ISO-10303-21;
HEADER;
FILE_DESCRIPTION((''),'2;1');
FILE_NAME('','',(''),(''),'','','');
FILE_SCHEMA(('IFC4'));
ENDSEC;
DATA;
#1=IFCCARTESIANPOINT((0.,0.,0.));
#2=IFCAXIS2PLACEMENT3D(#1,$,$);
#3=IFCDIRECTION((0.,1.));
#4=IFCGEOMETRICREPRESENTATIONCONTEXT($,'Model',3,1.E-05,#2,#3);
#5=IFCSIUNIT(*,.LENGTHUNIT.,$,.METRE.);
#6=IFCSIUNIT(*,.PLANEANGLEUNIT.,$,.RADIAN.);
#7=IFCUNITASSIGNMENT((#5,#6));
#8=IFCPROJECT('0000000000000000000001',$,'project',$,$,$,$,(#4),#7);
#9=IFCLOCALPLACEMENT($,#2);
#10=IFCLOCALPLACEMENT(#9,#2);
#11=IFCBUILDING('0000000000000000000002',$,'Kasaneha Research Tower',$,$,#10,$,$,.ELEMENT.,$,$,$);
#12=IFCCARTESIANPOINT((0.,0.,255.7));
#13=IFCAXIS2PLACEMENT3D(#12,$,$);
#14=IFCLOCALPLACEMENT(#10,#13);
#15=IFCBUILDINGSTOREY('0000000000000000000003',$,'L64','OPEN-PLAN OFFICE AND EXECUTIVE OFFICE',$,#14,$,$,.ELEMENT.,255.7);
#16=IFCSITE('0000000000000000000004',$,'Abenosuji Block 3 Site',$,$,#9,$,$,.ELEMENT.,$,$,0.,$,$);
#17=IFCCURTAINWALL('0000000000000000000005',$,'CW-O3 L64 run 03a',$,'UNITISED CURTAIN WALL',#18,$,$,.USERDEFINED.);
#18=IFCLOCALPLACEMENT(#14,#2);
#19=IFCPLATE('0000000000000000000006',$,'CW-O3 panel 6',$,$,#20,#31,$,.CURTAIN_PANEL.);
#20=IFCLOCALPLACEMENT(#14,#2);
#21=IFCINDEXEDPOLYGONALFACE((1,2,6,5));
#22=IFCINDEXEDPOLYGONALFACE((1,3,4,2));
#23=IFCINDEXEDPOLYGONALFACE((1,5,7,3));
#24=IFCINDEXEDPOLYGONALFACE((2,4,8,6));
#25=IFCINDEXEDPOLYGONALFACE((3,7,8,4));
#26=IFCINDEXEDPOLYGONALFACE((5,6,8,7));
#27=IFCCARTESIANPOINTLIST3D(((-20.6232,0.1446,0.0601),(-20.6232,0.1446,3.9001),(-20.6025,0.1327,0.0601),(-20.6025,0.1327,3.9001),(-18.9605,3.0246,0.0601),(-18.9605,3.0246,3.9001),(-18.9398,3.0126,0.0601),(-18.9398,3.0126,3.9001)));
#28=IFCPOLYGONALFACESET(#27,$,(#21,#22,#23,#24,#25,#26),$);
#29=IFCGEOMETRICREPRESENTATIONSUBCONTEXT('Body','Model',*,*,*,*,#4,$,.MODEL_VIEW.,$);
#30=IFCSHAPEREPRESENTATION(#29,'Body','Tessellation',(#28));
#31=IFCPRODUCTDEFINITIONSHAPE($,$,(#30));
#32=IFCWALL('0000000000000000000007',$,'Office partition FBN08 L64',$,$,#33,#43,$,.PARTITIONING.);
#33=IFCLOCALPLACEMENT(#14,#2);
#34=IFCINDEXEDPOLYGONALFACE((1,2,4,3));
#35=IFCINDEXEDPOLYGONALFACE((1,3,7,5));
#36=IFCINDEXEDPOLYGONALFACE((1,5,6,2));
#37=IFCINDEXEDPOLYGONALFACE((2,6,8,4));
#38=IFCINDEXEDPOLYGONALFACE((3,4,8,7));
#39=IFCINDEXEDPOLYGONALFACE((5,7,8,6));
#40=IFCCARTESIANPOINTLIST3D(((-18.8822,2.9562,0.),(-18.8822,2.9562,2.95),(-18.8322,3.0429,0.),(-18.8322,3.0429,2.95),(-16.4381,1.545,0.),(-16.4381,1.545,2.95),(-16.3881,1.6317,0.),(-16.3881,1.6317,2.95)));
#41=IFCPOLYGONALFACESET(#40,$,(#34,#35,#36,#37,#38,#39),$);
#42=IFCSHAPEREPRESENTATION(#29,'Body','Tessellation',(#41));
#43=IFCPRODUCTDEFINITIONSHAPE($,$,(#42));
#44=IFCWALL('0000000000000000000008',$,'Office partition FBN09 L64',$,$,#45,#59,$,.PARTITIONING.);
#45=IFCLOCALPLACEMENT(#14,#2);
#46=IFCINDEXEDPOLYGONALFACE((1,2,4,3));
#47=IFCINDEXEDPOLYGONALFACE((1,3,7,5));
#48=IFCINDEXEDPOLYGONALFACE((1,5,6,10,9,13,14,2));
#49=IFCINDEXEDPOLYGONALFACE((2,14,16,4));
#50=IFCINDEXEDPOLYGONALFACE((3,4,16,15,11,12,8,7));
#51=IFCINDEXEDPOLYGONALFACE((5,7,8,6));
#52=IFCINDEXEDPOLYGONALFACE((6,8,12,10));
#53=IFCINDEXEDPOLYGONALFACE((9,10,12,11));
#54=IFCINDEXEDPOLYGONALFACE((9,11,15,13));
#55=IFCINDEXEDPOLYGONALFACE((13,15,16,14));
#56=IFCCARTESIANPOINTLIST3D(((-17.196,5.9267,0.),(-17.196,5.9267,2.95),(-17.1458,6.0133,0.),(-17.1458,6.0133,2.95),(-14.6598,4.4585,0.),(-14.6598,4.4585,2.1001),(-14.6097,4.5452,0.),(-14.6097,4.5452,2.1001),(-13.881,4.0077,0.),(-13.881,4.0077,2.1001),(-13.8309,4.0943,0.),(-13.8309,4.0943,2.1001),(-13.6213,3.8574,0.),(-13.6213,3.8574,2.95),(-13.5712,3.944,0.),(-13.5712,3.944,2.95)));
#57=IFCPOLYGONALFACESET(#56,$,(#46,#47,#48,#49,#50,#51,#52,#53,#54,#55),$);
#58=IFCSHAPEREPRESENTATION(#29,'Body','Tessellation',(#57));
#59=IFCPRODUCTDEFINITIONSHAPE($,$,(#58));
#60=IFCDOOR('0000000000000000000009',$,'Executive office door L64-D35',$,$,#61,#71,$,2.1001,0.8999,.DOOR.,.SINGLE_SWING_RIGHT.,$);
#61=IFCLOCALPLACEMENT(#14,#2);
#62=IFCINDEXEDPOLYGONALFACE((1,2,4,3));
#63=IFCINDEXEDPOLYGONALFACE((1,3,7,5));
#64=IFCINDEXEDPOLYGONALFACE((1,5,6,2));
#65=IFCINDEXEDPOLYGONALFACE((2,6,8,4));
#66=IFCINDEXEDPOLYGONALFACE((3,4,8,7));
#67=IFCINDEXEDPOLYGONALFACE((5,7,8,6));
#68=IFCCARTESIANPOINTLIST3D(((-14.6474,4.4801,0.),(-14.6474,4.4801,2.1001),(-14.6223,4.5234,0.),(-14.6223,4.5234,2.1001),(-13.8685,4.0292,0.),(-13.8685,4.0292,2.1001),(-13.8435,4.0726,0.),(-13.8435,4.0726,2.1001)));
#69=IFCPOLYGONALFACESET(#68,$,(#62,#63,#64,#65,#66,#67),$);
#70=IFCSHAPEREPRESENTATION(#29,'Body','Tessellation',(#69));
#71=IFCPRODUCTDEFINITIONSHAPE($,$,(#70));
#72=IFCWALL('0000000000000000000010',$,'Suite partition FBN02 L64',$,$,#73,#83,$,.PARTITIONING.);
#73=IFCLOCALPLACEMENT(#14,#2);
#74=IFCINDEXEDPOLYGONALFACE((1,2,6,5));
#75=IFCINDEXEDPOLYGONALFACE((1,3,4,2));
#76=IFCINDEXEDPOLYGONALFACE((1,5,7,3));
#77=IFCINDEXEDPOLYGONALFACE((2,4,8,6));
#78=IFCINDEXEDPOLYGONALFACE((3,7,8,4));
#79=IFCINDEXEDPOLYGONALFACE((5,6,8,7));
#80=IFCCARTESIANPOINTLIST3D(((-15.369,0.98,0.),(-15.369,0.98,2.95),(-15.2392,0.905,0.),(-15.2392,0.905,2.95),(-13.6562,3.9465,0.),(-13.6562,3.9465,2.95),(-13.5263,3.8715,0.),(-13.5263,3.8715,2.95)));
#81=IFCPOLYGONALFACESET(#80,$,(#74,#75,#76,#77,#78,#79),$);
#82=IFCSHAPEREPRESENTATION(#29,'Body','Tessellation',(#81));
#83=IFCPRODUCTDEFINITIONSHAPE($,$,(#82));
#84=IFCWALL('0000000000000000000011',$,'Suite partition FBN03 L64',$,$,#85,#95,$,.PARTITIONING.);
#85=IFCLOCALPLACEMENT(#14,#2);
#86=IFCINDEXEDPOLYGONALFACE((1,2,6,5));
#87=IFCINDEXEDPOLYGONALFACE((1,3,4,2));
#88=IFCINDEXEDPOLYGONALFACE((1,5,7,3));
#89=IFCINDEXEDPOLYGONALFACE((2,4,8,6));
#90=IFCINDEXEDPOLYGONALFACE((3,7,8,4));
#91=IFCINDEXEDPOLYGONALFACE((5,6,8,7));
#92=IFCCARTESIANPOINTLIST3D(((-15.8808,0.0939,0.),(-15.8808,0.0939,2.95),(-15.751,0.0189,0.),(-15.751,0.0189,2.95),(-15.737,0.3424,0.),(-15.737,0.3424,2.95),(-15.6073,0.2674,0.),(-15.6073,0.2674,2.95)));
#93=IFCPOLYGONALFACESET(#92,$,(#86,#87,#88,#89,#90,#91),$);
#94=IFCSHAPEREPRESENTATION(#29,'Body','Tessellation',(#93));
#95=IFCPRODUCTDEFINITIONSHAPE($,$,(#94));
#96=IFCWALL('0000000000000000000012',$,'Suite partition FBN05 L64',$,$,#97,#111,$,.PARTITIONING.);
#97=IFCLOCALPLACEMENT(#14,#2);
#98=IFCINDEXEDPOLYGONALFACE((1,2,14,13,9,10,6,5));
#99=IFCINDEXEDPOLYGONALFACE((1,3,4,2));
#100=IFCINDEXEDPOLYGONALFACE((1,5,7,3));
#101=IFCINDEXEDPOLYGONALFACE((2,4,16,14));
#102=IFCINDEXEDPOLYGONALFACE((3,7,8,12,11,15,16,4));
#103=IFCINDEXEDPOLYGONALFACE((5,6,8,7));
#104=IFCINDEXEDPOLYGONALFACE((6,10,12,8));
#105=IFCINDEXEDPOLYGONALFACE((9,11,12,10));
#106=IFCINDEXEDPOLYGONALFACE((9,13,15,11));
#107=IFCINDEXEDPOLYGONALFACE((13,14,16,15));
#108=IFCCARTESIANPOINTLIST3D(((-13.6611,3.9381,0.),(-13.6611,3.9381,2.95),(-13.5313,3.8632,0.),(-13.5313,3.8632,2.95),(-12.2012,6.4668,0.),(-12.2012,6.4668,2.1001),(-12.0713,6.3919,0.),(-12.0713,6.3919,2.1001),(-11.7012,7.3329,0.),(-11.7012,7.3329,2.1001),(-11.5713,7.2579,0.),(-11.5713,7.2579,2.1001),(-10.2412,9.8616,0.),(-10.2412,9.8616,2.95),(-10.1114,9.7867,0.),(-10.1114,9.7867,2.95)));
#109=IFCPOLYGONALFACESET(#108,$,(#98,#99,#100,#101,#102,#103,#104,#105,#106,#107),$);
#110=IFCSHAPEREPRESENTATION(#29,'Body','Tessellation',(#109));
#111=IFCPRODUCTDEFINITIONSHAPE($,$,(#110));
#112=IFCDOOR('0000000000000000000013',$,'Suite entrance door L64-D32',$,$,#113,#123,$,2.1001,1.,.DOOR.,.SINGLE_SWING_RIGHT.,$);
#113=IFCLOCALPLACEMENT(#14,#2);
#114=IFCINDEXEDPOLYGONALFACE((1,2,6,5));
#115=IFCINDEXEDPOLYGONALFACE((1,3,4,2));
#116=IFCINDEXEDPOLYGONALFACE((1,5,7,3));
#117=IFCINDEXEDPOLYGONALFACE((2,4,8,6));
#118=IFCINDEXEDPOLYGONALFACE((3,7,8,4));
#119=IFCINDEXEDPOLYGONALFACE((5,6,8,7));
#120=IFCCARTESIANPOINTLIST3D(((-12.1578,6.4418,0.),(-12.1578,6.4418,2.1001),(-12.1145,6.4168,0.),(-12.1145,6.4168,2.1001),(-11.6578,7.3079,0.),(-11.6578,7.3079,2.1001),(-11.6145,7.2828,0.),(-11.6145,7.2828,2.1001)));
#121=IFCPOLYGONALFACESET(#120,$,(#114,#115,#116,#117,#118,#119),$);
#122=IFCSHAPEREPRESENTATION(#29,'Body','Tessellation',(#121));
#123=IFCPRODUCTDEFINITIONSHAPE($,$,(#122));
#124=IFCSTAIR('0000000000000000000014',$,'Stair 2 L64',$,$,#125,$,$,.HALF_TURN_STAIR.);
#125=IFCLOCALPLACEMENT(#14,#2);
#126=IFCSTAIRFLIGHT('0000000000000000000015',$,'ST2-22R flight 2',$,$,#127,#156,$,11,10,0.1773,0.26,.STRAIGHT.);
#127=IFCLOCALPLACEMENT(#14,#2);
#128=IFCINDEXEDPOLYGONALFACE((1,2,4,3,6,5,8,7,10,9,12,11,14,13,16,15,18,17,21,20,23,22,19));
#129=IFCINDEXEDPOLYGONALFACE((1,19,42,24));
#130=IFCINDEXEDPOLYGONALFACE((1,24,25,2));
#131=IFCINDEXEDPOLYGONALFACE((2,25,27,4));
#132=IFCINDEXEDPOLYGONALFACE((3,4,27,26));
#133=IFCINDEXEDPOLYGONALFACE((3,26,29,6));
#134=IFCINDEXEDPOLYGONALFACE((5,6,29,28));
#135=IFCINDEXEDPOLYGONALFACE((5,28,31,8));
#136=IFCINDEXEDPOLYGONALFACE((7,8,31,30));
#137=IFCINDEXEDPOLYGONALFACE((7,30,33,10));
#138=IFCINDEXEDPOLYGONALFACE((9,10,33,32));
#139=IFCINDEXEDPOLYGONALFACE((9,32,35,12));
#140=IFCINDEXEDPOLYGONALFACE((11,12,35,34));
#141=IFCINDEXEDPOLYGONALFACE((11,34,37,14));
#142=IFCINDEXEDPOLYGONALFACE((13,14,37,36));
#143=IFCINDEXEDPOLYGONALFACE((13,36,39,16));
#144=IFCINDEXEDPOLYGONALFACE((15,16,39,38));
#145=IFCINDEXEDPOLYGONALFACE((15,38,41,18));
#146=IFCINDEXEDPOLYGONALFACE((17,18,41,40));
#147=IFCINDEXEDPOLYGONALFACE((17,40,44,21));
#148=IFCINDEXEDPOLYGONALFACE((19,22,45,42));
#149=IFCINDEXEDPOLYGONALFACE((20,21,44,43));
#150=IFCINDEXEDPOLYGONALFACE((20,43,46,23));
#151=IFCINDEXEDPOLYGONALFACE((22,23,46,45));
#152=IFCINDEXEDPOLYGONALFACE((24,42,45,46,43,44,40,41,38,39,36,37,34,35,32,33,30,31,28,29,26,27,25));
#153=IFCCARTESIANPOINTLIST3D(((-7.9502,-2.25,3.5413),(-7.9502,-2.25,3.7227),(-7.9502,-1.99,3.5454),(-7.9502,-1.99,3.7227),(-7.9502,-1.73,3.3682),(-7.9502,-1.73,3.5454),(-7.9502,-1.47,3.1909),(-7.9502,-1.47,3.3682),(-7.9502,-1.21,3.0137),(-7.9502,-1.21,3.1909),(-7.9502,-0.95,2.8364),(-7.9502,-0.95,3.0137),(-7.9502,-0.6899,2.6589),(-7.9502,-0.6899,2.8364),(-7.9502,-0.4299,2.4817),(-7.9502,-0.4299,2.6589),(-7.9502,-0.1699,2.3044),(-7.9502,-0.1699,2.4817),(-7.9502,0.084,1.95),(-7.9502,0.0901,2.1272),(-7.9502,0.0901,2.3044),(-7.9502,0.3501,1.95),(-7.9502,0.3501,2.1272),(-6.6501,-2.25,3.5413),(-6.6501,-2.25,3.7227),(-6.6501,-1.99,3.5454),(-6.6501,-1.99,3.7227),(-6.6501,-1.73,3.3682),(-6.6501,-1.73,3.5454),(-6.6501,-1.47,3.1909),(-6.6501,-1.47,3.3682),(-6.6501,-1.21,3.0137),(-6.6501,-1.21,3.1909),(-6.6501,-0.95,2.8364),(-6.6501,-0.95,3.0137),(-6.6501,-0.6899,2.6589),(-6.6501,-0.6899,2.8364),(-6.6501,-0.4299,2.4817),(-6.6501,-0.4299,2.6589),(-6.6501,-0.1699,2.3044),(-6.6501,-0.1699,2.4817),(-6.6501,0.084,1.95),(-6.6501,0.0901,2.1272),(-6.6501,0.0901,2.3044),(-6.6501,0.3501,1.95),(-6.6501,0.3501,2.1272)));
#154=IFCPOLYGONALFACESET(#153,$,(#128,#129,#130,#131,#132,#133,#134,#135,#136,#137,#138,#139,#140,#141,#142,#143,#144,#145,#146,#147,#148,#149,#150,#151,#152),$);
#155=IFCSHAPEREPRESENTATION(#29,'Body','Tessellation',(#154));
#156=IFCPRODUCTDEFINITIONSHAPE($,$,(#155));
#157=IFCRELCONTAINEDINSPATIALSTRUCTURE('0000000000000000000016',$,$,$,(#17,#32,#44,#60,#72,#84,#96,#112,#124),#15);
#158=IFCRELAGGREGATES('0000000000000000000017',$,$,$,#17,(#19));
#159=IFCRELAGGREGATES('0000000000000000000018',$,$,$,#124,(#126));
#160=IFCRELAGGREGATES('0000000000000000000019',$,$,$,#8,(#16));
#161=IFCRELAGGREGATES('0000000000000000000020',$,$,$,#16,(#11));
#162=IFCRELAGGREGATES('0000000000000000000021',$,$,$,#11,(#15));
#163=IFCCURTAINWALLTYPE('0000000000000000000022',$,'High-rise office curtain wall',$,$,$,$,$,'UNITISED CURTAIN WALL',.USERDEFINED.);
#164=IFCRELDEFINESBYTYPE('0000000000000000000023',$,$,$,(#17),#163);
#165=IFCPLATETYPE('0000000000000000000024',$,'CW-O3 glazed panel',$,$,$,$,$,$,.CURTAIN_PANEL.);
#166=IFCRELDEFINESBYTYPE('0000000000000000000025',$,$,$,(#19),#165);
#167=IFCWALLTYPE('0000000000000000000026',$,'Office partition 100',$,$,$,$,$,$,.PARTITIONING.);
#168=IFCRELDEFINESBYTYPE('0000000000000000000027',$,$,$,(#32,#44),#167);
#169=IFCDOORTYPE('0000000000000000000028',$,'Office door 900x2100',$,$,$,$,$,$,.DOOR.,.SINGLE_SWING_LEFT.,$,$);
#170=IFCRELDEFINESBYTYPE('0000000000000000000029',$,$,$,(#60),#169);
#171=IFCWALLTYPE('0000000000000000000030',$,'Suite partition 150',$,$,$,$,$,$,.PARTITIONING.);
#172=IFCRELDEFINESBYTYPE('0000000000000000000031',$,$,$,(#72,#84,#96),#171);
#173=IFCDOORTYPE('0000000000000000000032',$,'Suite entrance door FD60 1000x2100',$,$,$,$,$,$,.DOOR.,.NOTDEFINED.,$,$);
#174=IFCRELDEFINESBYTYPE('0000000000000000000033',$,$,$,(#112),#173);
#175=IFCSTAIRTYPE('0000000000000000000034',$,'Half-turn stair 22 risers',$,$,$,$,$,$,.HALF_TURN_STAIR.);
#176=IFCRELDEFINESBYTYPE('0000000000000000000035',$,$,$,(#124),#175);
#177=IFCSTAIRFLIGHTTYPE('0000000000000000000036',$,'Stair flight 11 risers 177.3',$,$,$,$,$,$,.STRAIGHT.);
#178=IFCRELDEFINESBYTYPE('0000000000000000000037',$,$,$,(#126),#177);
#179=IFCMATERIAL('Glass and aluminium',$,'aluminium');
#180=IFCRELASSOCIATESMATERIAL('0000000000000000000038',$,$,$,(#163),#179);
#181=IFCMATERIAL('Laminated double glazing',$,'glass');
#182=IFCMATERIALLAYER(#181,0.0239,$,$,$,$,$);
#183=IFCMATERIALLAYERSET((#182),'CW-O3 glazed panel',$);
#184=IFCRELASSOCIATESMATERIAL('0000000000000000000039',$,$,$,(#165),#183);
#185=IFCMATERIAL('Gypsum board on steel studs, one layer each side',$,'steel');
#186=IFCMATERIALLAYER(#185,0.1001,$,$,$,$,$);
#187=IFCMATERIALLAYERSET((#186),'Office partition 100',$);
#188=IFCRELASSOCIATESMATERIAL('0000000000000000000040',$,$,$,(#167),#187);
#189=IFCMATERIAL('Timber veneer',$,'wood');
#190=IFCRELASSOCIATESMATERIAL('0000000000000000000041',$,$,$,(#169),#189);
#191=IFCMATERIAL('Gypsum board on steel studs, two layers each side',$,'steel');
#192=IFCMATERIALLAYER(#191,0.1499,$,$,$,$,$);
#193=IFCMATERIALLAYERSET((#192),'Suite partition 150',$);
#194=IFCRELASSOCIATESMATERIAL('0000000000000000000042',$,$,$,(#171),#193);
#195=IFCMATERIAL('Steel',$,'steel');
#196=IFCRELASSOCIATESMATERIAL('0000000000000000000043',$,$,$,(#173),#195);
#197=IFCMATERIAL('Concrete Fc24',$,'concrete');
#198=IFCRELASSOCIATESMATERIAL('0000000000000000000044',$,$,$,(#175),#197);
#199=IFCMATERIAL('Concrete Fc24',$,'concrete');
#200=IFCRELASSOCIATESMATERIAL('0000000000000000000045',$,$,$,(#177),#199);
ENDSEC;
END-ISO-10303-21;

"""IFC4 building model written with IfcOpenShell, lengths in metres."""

from ifc_helpers import new_model, si_unit, direction, frame, frame_2d, origin, origin_2d, place, context, subcontext, project, spatial, polyline, rectangle, outline, extrude, material, layer, layer_set, type_object, element, fill, aggregate, save


model = new_model("IFC4")

# Units and contexts
model_context = context("Model", 3, precision=1e-05, world=origin(), true_north=direction((0.0, 1.0)))
body_context = subcontext(model_context, "Body", "Model", "MODEL_VIEW")
ifc_project = project(units=[si_unit("LENGTHUNIT", "METRE"), si_unit("PLANEANGLEUNIT", "RADIAN")], contexts=[model_context])

# Site, building, storey
site_placement = place(None, origin())
site = spatial("IfcSite", under=ifc_project, at=site_placement, Name="Abenosuji Block 3 Site", CompositionType="ELEMENT", RefElevation=0.0)
building_placement = place(site_placement, origin())
building = spatial("IfcBuilding", under=site, at=building_placement, Name="Kasaneha Research Tower", CompositionType="ELEMENT")
storey_placement = place(building_placement, frame((0.0, 0.0, 255.7)))
storey = spatial("IfcBuildingStorey", under=building, at=storey_placement, Name="L64", Description="OPEN-PLAN OFFICE AND EXECUTIVE OFFICE", CompositionType="ELEMENT", Elevation=255.7)

# Curtain wall
ifc_material_1 = material(Name="Glass and aluminium", Category="aluminium")
curtain_wall_type = type_object("IfcCurtainWallType", Name="High-rise office curtain wall", ElementType="UNITISED CURTAIN WALL", PredefinedType="USERDEFINED", material=ifc_material_1)
curtain_wall_placement = place(storey_placement, origin())
curtain_wall = element("IfcCurtainWall", 1, at=curtain_wall_placement, inside=storey, type_object=curtain_wall_type, Name="CW-O3 L64 run 03a", ObjectType="UNITISED CURTAIN WALL", PredefinedType="USERDEFINED")

# Plate
ifc_material_2 = material(Name="Laminated double glazing", Category="glass")
ifc_layer_1 = layer(ifc_material_2, 0.0239)
ifc_layer_set_1 = layer_set([ifc_layer_1], Name="CW-O3 glazed panel")
plate_type = type_object("IfcPlateType", Name="CW-O3 glazed panel", PredefinedType="CURTAIN_PANEL", material=ifc_layer_set_1)
plate_1_placement = place(storey_placement, frame((-19.7815, 1.5786, 0.0601), z_axis=(0.0, 0.0, 1.0), x_axis=(-0.5, -0.866025, 0.0)))
plate_1 = element("IfcPlate", 2, at=plate_1_placement, type_object=plate_type, Name="CW-O3 panel 6", PredefinedType="CURTAIN_PANEL", context=body_context, shape_type="SweptSolid", body=[
    extrude(rectangle(XDim=3.3254, YDim=0.0239, at=origin_2d()), origin(), (0.0, 0.0, 1.0), 3.8401),
])
aggregate(curtain_wall, [plate_1])

# Wall
ifc_material_3 = material(Name="Gypsum board on steel studs, one layer each side", Category="steel")
ifc_layer_2 = layer(ifc_material_3, 0.1001)
ifc_layer_set_2 = layer_set([ifc_layer_2], Name="Office partition 100")
wall_type_1 = type_object("IfcWallType", Name="Office partition 100", PredefinedType="PARTITIONING", material=ifc_layer_set_2)
wall_1_placement = place(storey_placement, frame((-16.4131, 1.5884, 0.0), z_axis=(0.0, 0.0, 1.0), x_axis=(-0.86602, 0.50001, 0.0)))
element("IfcWall", 3, at=wall_1_placement, inside=storey, type_object=wall_type_1, Name="Office partition FBN08 L64", PredefinedType="PARTITIONING", context=body_context, shape_type="SweptSolid", body=[
    extrude(rectangle(XDim=2.8223, YDim=0.1001, at=frame_2d((1.4111, 0.0))), origin(), (0.0, 0.0, 1.0), 2.95),
])

# Wall, opening, door
wall_2_placement = place(storey_placement, frame((-17.1709, 5.97, 0.0), z_axis=(0.0, 0.0, 1.0), x_axis=(0.865451, -0.500994, 0.0)))
wall_2 = element("IfcWall", 4, at=wall_2_placement, inside=storey, type_object=wall_type_1, Name="Office partition FBN09 L64", PredefinedType="PARTITIONING", context=body_context, shape_type="SweptSolid", body=[
    extrude(rectangle(XDim=4.1304, YDim=0.1001, at=frame_2d((2.0652, 0.0))), origin(), (0.0, 0.0, 1.0), 2.95),
])
opening_1_placement = place(wall_2_placement, frame((2.9304, 0.0, 0.0)))
opening_1 = element("IfcOpeningElement", 5, at=opening_1_placement, cuts=wall_2, PredefinedType="OPENING", context=body_context, shape_type="SweptSolid", body=[
    extrude(rectangle(XDim=0.8999, YDim=2.1001, at=frame_2d((0.45, 1.05))), frame((0.0, 0.0601, 0.0), z_axis=(0.0, -1.0, 0.0), x_axis=(1.0, 0.0, 0.0)), (0.0, 0.0, 1.0), 0.1201),
])
ifc_material_4 = material(Name="Timber veneer", Category="wood")
door_type_1 = type_object("IfcDoorType", Name="Office door 900x2100", OperationType="SINGLE_SWING_LEFT", PredefinedType="DOOR", material=ifc_material_4)
door_1_placement = place(opening_1_placement, origin())
door_1 = element("IfcDoor", 6, at=door_1_placement, inside=storey, type_object=door_type_1, Name="Executive office door L64-D35", OperationType="SINGLE_SWING_RIGHT", OverallHeight=2.1001, OverallWidth=0.8999, PredefinedType="DOOR", context=body_context, shape_type="SweptSolid", body=[
    extrude(rectangle(XDim=0.8999, YDim=2.1001, at=frame_2d((0.45, 1.05))), frame((0.0, 0.0249, 0.0), z_axis=(0.0, -1.0, 0.0), x_axis=(1.0, 0.0, 0.0)), (0.0, 0.0, 1.0), 0.05),
])
fill(opening_1, door_1)

# Walls
ifc_material_5 = material(Name="Gypsum board on steel studs, two layers each side", Category="steel")
ifc_layer_3 = layer(ifc_material_5, 0.1499)
ifc_layer_set_3 = layer_set([ifc_layer_3], Name="Suite partition 150")
wall_type_2 = type_object("IfcWallType", Name="Suite partition 150", PredefinedType="PARTITIONING", material=ifc_layer_set_3)
wall_3_placement = place(storey_placement, frame((-15.3042, 0.9424, 0.0), z_axis=(0.0, 0.0, 1.0), x_axis=(0.500033, 0.866006, 0.0)))
element("IfcWall", 7, at=wall_3_placement, inside=storey, type_object=wall_type_2, Name="Suite partition FBN02 L64", PredefinedType="PARTITIONING", context=body_context, shape_type="SweptSolid", body=[
    extrude(rectangle(XDim=3.4255, YDim=0.1499, at=frame_2d((1.7129, 0.0))), origin(), (0.0, 0.0, 1.0), 2.95),
])
wall_4_placement = place(storey_placement, frame((-15.8159, 0.0564, 0.0), z_axis=(0.0, 0.0, 1.0), x_axis=(0.500802, 0.865562, 0.0)))
element("IfcWall", 8, at=wall_4_placement, inside=storey, type_object=wall_type_2, Name="Suite partition FBN03 L64", PredefinedType="PARTITIONING", context=body_context, shape_type="SweptSolid", body=[
    extrude(rectangle(XDim=0.2871, YDim=0.1499, at=frame_2d((0.1436, 0.0))), origin(), (0.0, 0.0, 1.0), 2.95),
])

# Wall, opening, door
wall_5_placement = place(storey_placement, frame((-13.5962, 3.9006, 0.0), z_axis=(0.0, 0.0, 1.0), x_axis=(0.499993, 0.866029, 0.0)))
wall_5 = element("IfcWall", 9, at=wall_5_placement, inside=storey, type_object=wall_type_2, Name="Suite partition FBN05 L64", PredefinedType="PARTITIONING", context=body_context, shape_type="SweptSolid", body=[
    extrude(rectangle(XDim=6.8398, YDim=0.1499, at=frame_2d((3.4199, 0.0))), origin(), (0.0, 0.0, 1.0), 2.95),
])
opening_2_placement = place(wall_5_placement, frame((2.9199, 0.0, 0.0)))
opening_2 = element("IfcOpeningElement", 10, at=opening_2_placement, cuts=wall_5, PredefinedType="OPENING", context=body_context, shape_type="SweptSolid", body=[
    extrude(rectangle(XDim=1.0, YDim=2.1001, at=frame_2d((0.5, 1.05))), frame((0.0, 0.085, 0.0), z_axis=(0.0, -1.0, 0.0), x_axis=(1.0, 0.0, 0.0)), (0.0, 0.0, 1.0), 0.1699),
])
ifc_material_6 = material(Name="Steel", Category="steel")
door_type_2 = type_object("IfcDoorType", Name="Suite entrance door FD60 1000x2100", OperationType="NOTDEFINED", PredefinedType="DOOR", material=ifc_material_6)
door_2_placement = place(opening_2_placement, origin())
door_2 = element("IfcDoor", 11, at=door_2_placement, inside=storey, type_object=door_type_2, Name="Suite entrance door L64-D32", OperationType="SINGLE_SWING_RIGHT", OverallHeight=2.1001, OverallWidth=1.0, PredefinedType="DOOR", context=body_context, shape_type="SweptSolid", body=[
    extrude(rectangle(XDim=1.0, YDim=2.1001, at=frame_2d((0.5, 1.05))), frame((0.0, 0.0249, 0.0), z_axis=(0.0, -1.0, 0.0), x_axis=(1.0, 0.0, 0.0)), (0.0, 0.0, 1.0), 0.05),
])
fill(opening_2, door_2)

# Stair, stair flight
ifc_material_7 = material(Name="Concrete Fc24", Category="concrete")
stair_type = type_object("IfcStairType", Name="Half-turn stair 22 risers", PredefinedType="HALF_TURN_STAIR", material=ifc_material_7)
stair_placement = place(storey_placement, origin())
stair = element("IfcStair", 12, at=stair_placement, inside=storey, type_object=stair_type, Name="Stair 2 L64", PredefinedType="HALF_TURN_STAIR")
ifc_material_8 = material(Name="Concrete Fc24", Category="concrete")
stair_flight_type = type_object("IfcStairFlightType", Name="Stair flight 11 risers 177.3", PredefinedType="STRAIGHT", material=ifc_material_8)
stair_flight_placement = place(storey_placement, frame((-7.3, 0.3501, 1.95), z_axis=(0.0, 0.0, 1.0), x_axis=(0.0, -1.0, 0.0)))
stair_flight = element("IfcStairFlight", 13, at=stair_flight_placement, type_object=stair_flight_type, Name="ST2-22R flight 2", NumberOfRisers=11, NumberOfTreads=10, PredefinedType="STRAIGHT", RiserHeight=0.1773, TreadLength=0.26, context=body_context, shape_type="SweptSolid", body=[
    extrude(outline(polyline([(0.0, 0.0), (0.0, 0.1772), (0.26, 0.1772), (0.26, 0.3545), (0.52, 0.3545), (0.52, 0.5317), (0.78, 0.5317), (0.78, 0.709), (1.04, 0.709), (1.04, 0.8865), (1.3, 0.8865), (1.3, 1.0637), (1.5601, 1.0637), (1.5601, 1.241), (1.8201, 1.241), (1.8201, 1.4182), (2.0801, 1.4182), (2.0801, 1.5955), (2.3401, 1.5955), (2.3401, 1.7727), (2.6001, 1.7727), (2.6001, 1.95), (2.6001, 1.5913), (0.2661, 0.0), (0.0, 0.0)])), frame((0.0, 0.6499, 0.0), z_axis=(0.0, -1.0, 0.0), x_axis=(1.0, 0.0, 0.0)), (0.0, 0.0, 1.0), 1.3),
])
aggregate(stair, [stair_flight])

save(model, "model.ifc")
